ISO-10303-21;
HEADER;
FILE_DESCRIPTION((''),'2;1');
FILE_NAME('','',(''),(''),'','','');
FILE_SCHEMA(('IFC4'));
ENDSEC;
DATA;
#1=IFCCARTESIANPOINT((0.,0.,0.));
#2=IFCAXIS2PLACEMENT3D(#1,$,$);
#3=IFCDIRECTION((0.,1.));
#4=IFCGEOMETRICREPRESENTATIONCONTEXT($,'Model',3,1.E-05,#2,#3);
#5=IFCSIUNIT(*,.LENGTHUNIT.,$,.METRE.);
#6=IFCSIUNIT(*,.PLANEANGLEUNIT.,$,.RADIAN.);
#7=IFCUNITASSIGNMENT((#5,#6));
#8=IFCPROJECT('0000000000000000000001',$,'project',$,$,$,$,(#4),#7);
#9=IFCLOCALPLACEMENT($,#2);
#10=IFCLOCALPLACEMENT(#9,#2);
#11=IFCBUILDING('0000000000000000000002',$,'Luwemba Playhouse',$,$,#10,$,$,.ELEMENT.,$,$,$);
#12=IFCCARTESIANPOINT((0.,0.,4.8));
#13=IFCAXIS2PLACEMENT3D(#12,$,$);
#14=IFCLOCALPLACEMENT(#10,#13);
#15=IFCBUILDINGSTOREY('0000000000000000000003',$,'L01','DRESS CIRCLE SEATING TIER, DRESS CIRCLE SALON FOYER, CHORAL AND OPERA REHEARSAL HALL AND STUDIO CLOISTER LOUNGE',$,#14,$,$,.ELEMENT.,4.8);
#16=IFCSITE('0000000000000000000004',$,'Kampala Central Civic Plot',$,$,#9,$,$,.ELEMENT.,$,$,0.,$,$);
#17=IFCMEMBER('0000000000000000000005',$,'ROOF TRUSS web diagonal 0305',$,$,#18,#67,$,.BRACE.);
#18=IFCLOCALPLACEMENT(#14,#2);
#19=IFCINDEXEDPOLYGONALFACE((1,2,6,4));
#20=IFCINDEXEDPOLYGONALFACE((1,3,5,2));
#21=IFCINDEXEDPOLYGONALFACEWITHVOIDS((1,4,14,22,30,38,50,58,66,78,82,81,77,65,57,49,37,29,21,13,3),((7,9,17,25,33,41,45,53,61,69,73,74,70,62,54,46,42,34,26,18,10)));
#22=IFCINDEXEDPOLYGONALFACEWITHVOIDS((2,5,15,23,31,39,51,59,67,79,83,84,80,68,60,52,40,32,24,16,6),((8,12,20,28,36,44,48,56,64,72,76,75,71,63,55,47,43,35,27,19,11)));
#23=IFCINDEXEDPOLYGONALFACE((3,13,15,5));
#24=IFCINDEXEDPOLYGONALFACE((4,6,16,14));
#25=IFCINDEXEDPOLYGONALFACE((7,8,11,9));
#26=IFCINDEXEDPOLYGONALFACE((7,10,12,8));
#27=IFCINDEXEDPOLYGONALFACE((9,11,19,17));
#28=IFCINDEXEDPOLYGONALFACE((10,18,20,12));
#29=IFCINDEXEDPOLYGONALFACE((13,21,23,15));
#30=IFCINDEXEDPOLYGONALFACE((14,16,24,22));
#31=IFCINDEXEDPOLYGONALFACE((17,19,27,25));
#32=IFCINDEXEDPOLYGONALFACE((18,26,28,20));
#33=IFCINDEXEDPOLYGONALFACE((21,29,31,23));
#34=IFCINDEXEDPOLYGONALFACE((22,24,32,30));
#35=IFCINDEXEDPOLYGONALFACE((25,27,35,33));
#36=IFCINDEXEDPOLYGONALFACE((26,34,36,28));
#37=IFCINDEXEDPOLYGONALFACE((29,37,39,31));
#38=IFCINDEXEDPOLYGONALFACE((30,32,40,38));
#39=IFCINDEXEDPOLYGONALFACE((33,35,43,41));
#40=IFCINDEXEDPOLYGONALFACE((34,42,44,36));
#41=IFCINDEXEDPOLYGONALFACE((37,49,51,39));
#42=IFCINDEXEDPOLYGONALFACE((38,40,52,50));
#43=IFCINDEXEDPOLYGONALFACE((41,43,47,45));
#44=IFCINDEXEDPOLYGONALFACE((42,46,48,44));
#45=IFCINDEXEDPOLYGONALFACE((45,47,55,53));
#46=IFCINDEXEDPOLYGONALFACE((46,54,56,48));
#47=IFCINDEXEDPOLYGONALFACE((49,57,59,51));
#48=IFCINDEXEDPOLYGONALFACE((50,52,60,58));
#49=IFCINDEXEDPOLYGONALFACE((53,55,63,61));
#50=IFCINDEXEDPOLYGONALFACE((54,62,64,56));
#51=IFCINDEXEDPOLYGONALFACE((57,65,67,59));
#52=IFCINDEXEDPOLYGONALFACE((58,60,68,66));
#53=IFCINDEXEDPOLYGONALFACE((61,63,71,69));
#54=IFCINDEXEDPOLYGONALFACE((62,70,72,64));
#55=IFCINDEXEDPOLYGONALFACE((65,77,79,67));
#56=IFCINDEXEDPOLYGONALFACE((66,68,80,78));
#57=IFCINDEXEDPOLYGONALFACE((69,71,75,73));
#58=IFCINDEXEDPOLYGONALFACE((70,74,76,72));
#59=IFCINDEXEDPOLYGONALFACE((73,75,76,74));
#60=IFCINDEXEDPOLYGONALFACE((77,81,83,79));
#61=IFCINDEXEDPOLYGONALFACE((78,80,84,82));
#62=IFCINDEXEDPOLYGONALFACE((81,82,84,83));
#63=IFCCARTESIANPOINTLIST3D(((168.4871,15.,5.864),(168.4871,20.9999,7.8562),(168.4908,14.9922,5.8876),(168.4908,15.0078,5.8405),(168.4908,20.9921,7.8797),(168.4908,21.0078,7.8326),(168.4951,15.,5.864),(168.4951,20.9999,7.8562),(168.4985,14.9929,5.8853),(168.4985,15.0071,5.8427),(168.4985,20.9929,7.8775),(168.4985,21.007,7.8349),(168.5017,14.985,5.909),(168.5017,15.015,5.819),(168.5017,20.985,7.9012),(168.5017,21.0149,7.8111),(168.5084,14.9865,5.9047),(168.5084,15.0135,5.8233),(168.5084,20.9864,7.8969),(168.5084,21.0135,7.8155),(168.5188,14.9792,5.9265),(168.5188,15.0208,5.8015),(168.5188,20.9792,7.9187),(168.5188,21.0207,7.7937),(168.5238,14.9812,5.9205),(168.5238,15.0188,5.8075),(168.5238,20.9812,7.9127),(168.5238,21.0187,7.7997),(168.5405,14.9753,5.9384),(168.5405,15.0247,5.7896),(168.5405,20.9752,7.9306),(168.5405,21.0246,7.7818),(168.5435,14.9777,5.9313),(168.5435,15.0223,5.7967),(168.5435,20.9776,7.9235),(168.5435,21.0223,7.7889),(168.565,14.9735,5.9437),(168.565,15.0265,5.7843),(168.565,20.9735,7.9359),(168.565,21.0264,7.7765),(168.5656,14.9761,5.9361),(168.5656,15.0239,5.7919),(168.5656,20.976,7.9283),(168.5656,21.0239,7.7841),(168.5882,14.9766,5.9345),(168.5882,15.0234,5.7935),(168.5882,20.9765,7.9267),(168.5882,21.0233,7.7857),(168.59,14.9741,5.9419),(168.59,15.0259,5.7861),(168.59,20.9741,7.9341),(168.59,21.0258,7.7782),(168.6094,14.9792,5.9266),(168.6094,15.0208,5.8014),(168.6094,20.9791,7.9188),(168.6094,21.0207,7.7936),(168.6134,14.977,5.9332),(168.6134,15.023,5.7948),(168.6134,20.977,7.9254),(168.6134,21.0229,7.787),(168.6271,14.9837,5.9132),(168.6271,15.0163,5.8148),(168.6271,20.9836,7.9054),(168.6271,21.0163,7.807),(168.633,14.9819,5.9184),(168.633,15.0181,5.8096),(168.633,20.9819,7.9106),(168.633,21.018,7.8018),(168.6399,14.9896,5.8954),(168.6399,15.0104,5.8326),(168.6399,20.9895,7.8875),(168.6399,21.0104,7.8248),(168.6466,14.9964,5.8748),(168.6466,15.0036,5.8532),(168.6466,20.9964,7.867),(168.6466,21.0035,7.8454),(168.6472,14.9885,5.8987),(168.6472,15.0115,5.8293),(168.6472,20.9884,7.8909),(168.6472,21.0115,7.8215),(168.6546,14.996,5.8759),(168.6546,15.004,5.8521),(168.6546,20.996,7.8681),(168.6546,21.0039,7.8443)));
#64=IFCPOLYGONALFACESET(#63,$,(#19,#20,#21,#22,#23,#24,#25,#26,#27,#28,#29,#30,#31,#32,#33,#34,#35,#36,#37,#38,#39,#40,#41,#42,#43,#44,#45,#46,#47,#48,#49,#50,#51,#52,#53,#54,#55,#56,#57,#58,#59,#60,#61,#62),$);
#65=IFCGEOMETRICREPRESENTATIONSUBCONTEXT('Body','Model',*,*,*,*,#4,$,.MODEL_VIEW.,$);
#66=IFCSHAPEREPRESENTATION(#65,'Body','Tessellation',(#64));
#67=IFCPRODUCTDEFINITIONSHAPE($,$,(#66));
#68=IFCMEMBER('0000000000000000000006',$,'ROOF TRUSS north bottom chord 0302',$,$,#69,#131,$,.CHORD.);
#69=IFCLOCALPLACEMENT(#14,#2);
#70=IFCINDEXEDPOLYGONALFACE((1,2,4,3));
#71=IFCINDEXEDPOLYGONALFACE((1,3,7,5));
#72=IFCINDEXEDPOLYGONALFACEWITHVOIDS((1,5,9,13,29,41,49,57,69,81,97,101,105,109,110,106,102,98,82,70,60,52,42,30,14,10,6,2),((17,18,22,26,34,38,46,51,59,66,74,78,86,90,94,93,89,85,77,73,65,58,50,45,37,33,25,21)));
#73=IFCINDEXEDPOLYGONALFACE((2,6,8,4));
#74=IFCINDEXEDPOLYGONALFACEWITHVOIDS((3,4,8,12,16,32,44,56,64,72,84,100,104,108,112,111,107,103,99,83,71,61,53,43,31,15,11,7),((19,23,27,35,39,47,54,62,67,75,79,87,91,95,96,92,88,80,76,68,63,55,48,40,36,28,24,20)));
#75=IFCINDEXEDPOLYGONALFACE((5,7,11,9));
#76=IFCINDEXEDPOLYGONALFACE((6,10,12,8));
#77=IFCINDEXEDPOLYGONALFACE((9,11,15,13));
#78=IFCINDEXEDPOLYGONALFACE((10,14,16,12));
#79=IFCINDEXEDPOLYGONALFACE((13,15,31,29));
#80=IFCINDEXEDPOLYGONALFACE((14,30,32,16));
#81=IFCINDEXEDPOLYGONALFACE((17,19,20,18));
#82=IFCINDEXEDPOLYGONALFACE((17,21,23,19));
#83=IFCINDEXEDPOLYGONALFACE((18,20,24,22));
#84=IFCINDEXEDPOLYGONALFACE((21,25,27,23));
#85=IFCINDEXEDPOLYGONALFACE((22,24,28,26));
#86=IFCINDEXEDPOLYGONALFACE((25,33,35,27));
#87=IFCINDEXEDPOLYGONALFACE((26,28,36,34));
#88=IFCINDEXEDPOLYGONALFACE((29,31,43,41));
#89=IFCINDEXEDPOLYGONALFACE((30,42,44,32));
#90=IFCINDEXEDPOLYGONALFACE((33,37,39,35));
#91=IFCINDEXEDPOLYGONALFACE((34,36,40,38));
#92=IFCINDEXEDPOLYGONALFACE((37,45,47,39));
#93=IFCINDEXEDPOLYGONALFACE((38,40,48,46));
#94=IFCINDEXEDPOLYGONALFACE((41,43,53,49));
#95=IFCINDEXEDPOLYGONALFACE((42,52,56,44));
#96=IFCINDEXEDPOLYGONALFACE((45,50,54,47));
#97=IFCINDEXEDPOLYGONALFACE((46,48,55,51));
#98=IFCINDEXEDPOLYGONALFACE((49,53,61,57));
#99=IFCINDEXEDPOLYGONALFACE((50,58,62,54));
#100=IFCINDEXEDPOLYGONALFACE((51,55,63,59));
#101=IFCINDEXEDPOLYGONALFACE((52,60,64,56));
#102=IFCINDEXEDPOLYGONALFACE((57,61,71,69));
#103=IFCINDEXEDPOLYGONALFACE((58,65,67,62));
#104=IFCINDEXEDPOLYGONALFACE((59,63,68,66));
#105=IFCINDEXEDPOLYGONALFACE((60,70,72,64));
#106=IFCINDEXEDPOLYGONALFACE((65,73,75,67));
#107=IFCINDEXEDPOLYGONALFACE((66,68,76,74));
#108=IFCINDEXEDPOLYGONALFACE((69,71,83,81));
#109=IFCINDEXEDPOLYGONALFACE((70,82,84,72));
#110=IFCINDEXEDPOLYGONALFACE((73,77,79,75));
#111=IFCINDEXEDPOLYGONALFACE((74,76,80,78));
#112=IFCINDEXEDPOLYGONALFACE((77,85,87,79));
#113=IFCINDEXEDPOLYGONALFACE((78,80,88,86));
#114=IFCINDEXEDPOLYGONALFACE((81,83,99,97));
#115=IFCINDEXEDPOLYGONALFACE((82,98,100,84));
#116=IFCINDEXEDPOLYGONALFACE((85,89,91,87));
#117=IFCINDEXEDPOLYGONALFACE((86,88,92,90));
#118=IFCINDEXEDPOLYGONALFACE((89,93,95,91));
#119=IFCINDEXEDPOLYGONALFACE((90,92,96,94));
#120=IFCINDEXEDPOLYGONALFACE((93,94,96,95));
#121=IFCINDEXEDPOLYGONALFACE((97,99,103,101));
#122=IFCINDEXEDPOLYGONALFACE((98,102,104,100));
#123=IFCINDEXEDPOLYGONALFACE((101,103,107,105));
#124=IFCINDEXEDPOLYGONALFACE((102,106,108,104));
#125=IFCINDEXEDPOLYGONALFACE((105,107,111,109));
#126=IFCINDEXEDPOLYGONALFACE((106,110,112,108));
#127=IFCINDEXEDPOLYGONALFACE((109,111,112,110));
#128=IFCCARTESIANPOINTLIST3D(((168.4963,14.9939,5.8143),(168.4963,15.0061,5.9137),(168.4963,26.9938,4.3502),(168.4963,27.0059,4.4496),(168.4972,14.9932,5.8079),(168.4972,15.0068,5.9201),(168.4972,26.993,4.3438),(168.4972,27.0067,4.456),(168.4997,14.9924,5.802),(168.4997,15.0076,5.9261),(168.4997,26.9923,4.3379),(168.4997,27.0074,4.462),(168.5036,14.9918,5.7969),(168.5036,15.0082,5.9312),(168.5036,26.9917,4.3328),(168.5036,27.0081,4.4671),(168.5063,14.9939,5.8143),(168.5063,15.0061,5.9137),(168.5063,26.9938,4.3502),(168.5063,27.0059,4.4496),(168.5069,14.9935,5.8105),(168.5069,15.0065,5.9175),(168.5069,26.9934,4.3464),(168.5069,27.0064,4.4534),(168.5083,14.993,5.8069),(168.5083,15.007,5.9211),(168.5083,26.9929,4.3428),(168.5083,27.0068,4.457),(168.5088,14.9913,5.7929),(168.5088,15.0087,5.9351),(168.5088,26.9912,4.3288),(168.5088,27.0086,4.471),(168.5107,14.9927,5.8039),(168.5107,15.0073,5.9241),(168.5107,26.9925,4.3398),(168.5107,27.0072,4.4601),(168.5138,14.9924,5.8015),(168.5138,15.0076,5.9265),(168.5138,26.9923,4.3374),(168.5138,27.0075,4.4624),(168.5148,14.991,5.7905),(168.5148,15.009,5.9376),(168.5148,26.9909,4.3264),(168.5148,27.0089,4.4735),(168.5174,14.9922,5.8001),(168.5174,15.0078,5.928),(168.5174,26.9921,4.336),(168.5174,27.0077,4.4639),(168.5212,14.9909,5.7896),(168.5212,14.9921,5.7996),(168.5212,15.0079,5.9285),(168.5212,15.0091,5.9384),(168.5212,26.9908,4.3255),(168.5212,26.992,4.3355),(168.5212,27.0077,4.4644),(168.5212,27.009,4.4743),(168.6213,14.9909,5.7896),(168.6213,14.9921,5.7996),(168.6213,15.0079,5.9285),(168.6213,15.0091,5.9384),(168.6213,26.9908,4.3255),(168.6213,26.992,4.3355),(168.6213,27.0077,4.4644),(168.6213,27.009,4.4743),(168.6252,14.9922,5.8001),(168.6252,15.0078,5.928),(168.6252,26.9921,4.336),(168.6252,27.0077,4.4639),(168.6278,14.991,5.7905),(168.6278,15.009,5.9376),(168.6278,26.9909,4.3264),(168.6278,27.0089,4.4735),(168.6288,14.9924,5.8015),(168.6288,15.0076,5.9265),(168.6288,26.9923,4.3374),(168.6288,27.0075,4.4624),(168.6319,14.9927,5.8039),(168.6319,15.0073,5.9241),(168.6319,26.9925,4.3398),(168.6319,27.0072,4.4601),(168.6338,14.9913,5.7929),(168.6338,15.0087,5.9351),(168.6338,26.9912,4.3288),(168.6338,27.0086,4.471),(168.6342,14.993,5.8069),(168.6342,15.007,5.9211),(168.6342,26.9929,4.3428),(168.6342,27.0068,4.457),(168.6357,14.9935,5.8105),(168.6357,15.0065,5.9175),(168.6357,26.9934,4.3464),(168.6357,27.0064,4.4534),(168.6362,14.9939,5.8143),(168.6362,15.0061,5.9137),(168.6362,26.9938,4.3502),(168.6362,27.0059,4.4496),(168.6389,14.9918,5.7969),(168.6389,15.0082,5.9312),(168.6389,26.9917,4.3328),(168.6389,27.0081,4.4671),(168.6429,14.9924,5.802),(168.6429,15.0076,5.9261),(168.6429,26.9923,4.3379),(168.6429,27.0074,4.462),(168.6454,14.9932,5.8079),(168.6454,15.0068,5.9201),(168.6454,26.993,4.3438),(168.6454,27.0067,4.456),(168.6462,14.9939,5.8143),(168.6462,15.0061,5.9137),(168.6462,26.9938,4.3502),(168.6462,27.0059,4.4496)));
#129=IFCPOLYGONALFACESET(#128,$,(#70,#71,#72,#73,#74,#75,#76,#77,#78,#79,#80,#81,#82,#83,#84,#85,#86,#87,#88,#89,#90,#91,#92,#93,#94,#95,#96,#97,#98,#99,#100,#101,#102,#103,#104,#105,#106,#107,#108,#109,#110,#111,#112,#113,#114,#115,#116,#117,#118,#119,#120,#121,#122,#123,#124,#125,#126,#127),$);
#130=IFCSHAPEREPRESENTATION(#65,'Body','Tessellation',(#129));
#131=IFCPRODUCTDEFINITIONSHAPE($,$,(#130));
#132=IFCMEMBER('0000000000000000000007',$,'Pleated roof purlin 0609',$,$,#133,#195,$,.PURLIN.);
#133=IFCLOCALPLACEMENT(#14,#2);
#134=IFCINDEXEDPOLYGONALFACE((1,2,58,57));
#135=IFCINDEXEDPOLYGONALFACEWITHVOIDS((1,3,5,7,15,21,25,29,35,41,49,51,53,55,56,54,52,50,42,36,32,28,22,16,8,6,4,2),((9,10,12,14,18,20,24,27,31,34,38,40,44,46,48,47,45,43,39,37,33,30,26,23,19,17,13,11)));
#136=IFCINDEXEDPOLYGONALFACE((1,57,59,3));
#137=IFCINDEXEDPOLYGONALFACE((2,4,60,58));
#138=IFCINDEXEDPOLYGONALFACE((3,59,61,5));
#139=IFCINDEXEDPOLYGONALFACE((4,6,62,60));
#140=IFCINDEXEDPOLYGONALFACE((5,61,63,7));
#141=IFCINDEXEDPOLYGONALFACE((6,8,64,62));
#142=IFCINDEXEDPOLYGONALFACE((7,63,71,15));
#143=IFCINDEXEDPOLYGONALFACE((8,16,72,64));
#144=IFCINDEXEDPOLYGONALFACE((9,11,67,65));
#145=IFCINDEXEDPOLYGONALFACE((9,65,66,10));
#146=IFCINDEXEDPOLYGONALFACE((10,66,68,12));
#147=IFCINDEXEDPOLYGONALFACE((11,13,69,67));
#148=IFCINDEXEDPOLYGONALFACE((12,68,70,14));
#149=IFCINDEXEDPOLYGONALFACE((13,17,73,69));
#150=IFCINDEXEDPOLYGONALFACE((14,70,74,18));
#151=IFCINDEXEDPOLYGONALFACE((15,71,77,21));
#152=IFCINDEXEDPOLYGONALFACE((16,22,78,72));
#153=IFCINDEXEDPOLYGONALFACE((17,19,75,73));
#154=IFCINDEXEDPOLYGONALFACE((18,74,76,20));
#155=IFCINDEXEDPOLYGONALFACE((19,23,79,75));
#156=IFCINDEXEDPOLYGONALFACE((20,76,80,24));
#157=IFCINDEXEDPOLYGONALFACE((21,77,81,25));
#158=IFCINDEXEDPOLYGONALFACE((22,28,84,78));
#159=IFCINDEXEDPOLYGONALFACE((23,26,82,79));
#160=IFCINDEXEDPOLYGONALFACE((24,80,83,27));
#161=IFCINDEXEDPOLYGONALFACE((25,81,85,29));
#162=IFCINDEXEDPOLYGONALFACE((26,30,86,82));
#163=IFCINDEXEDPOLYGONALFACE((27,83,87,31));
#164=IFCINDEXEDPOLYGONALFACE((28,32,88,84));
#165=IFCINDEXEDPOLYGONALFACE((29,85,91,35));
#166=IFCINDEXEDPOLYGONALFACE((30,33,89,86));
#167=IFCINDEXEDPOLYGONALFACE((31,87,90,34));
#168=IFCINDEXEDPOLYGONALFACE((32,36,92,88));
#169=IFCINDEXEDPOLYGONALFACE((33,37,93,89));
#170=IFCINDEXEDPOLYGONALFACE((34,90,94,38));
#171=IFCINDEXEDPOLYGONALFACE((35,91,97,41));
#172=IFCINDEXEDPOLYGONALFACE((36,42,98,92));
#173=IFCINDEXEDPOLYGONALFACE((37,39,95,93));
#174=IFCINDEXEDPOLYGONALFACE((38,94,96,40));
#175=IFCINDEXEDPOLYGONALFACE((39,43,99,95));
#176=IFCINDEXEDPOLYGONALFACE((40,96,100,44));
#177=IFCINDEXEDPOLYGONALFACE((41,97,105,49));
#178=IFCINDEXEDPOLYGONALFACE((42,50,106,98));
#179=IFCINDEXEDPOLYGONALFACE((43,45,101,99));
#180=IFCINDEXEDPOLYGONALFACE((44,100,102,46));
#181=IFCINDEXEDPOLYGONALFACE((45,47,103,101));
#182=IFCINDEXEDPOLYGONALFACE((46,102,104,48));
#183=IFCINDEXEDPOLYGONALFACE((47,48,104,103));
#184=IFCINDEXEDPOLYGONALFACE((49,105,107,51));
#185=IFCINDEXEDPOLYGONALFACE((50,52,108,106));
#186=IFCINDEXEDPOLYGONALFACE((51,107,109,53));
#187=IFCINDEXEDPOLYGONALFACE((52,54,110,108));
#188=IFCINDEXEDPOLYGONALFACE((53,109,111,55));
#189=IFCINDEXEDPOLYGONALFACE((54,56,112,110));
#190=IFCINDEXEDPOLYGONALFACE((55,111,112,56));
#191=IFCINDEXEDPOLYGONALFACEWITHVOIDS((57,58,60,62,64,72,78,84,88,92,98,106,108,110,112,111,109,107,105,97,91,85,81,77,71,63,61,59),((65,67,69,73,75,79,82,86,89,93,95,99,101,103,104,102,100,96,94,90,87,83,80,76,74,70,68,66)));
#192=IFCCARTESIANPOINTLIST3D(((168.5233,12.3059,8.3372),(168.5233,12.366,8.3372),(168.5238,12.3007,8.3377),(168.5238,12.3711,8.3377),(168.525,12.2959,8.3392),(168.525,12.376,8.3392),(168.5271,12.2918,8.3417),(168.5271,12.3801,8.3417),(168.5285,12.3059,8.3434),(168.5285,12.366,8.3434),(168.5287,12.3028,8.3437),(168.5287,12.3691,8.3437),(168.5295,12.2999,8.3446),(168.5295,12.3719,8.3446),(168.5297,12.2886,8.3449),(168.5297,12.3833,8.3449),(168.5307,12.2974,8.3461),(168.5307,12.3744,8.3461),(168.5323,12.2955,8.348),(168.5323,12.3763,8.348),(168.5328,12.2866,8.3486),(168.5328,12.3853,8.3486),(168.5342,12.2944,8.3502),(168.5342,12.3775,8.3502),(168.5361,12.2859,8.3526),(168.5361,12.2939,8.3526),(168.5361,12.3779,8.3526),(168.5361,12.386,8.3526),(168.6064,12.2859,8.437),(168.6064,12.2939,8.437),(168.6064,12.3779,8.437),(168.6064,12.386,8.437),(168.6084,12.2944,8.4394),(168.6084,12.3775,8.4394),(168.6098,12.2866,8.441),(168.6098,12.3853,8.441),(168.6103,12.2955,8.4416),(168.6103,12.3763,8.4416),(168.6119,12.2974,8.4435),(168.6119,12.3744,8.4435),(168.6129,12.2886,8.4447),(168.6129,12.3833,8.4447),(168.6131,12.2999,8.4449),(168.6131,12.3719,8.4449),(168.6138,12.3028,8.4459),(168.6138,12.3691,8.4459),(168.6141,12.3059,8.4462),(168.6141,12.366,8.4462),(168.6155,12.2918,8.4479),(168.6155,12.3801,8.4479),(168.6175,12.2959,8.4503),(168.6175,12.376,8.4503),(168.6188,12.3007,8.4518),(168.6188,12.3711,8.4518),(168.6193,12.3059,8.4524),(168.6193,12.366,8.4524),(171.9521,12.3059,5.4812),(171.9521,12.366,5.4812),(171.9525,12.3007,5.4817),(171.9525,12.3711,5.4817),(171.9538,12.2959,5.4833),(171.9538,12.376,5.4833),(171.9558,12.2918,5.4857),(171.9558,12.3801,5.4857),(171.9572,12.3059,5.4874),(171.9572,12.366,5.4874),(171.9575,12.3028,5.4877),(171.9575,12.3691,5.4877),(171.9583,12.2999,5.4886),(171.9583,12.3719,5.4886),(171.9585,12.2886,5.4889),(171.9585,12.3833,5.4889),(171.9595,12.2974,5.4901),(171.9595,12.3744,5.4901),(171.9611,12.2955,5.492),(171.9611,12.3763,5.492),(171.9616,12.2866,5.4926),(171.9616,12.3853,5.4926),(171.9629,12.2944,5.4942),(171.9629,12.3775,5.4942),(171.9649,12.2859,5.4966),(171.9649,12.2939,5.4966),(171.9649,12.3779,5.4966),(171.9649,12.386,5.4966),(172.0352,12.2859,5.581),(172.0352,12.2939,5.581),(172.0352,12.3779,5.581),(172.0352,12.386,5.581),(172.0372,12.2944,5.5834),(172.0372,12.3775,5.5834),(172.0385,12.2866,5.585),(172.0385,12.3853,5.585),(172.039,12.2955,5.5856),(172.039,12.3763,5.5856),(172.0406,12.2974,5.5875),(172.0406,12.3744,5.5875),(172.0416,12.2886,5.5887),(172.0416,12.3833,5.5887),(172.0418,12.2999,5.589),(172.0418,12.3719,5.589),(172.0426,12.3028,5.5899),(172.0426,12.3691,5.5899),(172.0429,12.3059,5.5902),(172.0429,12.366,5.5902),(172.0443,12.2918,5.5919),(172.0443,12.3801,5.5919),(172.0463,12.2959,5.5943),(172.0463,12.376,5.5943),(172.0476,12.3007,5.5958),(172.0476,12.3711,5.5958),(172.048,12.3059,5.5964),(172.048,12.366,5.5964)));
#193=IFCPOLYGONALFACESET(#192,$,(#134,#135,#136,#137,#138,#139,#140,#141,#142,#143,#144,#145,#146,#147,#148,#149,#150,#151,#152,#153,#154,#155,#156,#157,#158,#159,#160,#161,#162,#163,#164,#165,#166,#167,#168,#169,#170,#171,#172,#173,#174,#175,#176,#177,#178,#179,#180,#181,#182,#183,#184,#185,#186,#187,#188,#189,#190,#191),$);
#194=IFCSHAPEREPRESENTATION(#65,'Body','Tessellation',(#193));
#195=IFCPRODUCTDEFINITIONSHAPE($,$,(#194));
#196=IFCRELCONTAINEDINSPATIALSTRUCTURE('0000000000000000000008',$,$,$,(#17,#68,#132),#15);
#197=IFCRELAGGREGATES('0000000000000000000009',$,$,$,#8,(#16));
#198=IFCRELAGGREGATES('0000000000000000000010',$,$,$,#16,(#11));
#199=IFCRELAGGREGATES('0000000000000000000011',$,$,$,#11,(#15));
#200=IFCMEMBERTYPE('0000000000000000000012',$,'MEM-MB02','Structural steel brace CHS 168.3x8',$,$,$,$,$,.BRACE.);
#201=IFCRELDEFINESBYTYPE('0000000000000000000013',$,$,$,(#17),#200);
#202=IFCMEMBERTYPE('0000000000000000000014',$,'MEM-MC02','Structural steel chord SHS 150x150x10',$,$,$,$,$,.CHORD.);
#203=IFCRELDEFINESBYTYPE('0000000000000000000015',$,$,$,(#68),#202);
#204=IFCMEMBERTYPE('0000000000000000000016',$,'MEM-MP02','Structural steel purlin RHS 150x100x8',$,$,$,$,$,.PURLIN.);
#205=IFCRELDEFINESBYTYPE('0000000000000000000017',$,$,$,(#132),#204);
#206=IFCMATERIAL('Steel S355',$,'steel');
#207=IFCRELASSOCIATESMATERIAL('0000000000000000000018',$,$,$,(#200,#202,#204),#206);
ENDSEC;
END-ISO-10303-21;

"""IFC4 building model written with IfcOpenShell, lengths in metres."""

from ifc_helpers import new_model, si_unit, direction, frame, origin, origin_2d, place, context, subcontext, project, spatial, hollow_rectangle, hollow_circle, extrude, material, material_profile, profile_set, type_object, element, save


model = new_model("IFC4")

# Units and contexts
model_context = context("Model", 3, precision=1e-05, world=origin(), true_north=direction((0.0, 1.0)))
body_context = subcontext(model_context, "Body", "Model", "MODEL_VIEW")
ifc_project = project(units=[si_unit("LENGTHUNIT", "METRE"), si_unit("PLANEANGLEUNIT", "RADIAN")], contexts=[model_context])

# Site, building, storey
site_placement = place(None, origin())
site = spatial("IfcSite", under=ifc_project, at=site_placement, Name="Kampala Central Civic Plot", CompositionType="ELEMENT", RefElevation=0.0)
building_placement = place(site_placement, origin())
building = spatial("IfcBuilding", under=site, at=building_placement, Name="Luwemba Playhouse", CompositionType="ELEMENT")
storey_placement = place(building_placement, frame((0.0, 0.0, 4.8)))
storey = spatial("IfcBuildingStorey", under=building, at=storey_placement, Name="L01", Description="DRESS CIRCLE SEATING TIER, DRESS CIRCLE SALON FOYER, CHORAL AND OPERA REHEARSAL HALL AND STUDIO CLOISTER LOUNGE", CompositionType="ELEMENT", Elevation=4.8)

# Shared definitions
ifc_material_1 = material(Name="Steel S355", Category="steel")

# Members
ifc_material_profile_1 = material_profile(ifc_material_1, hollow_circle(Radius=0.0842, WallThickness=0.0081, at=origin_2d()))
ifc_profile_set_1 = profile_set([ifc_material_profile_1], Name="Steel S355")
member_type_1 = type_object("IfcMemberType", Name="MEM-MB02", Description="Structural steel brace CHS 168.3x8", PredefinedType="BRACE", material=ifc_profile_set_1)
for number, where, z_axis, x_axis, name in (
    (1, (168.5713, 15.0, 5.864), (0.0, 0.949053, 0.315115), (-1.0, 0.0, 0.0), "ROOF TRUSS web diagonal 0305"),
):
    element("IfcMember", number, at=place(storey_placement, frame(where, z_axis=z_axis, x_axis=x_axis)), inside=storey, type_object=member_type_1, Name=name, PredefinedType="BRACE", context=body_context, shape_type="SweptSolid", body=[
        extrude(hollow_circle(Radius=0.0842, WallThickness=0.0081, at=origin_2d()), origin(), (0.0, 0.0, 1.0), 6.322),
    ])
ifc_material_profile_2 = material_profile(ifc_material_1, hollow_rectangle(XDim=0.1499, YDim=0.1499, WallThickness=0.01, InnerFilletRadius=0.0149, OuterFilletRadius=0.0249, at=origin_2d()))
ifc_profile_set_2 = profile_set([ifc_material_profile_2], Name="Steel S355")
member_type_2 = type_object("IfcMemberType", Name="MEM-MC02", Description="Structural steel chord SHS 150x150x10", PredefinedType="CHORD", material=ifc_profile_set_2)
member_1_placement = place(storey_placement, frame((168.5713, 15.0, 5.864), z_axis=(0.0, 0.992639, -0.121111), x_axis=(-1.0, 0.0, 0.0)))
element("IfcMember", 2, at=member_1_placement, inside=storey, type_object=member_type_2, Name="ROOF TRUSS north bottom chord 0302", PredefinedType="CHORD", context=body_context, shape_type="SweptSolid", body=[
    extrude(hollow_rectangle(XDim=0.1499, YDim=0.1499, WallThickness=0.01, InnerFilletRadius=0.0149, OuterFilletRadius=0.0249, at=origin_2d()), origin(), (0.0, 0.0, 1.0), 12.0889),
])
ifc_material_profile_3 = material_profile(ifc_material_1, hollow_rectangle(XDim=0.1001, YDim=0.1499, WallThickness=0.0081, InnerFilletRadius=0.012, OuterFilletRadius=0.02, at=origin_2d()))
ifc_profile_set_3 = profile_set([ifc_material_profile_3], Name="Steel S355")
member_type_3 = type_object("IfcMemberType", Name="MEM-MP02", Description="Structural steel purlin RHS 150x100x8", PredefinedType="PURLIN", material=ifc_profile_set_3)
member_2_placement = place(storey_placement, frame((168.5713, 12.3359, 8.3948), z_axis=(0.768365, 0.0, -0.640012), x_axis=(0.0, 1.0, 0.0)))
element("IfcMember", 3, at=member_2_placement, inside=storey, type_object=member_type_3, Name="Pleated roof purlin 0609", PredefinedType="PURLIN", context=body_context, shape_type="SweptSolid", body=[
    extrude(hollow_rectangle(XDim=0.1001, YDim=0.1499, WallThickness=0.0081, InnerFilletRadius=0.012, OuterFilletRadius=0.02, at=origin_2d()), origin(), (0.0, 0.0, 1.0), 4.4624),
])

save(model, "model.ifc")
